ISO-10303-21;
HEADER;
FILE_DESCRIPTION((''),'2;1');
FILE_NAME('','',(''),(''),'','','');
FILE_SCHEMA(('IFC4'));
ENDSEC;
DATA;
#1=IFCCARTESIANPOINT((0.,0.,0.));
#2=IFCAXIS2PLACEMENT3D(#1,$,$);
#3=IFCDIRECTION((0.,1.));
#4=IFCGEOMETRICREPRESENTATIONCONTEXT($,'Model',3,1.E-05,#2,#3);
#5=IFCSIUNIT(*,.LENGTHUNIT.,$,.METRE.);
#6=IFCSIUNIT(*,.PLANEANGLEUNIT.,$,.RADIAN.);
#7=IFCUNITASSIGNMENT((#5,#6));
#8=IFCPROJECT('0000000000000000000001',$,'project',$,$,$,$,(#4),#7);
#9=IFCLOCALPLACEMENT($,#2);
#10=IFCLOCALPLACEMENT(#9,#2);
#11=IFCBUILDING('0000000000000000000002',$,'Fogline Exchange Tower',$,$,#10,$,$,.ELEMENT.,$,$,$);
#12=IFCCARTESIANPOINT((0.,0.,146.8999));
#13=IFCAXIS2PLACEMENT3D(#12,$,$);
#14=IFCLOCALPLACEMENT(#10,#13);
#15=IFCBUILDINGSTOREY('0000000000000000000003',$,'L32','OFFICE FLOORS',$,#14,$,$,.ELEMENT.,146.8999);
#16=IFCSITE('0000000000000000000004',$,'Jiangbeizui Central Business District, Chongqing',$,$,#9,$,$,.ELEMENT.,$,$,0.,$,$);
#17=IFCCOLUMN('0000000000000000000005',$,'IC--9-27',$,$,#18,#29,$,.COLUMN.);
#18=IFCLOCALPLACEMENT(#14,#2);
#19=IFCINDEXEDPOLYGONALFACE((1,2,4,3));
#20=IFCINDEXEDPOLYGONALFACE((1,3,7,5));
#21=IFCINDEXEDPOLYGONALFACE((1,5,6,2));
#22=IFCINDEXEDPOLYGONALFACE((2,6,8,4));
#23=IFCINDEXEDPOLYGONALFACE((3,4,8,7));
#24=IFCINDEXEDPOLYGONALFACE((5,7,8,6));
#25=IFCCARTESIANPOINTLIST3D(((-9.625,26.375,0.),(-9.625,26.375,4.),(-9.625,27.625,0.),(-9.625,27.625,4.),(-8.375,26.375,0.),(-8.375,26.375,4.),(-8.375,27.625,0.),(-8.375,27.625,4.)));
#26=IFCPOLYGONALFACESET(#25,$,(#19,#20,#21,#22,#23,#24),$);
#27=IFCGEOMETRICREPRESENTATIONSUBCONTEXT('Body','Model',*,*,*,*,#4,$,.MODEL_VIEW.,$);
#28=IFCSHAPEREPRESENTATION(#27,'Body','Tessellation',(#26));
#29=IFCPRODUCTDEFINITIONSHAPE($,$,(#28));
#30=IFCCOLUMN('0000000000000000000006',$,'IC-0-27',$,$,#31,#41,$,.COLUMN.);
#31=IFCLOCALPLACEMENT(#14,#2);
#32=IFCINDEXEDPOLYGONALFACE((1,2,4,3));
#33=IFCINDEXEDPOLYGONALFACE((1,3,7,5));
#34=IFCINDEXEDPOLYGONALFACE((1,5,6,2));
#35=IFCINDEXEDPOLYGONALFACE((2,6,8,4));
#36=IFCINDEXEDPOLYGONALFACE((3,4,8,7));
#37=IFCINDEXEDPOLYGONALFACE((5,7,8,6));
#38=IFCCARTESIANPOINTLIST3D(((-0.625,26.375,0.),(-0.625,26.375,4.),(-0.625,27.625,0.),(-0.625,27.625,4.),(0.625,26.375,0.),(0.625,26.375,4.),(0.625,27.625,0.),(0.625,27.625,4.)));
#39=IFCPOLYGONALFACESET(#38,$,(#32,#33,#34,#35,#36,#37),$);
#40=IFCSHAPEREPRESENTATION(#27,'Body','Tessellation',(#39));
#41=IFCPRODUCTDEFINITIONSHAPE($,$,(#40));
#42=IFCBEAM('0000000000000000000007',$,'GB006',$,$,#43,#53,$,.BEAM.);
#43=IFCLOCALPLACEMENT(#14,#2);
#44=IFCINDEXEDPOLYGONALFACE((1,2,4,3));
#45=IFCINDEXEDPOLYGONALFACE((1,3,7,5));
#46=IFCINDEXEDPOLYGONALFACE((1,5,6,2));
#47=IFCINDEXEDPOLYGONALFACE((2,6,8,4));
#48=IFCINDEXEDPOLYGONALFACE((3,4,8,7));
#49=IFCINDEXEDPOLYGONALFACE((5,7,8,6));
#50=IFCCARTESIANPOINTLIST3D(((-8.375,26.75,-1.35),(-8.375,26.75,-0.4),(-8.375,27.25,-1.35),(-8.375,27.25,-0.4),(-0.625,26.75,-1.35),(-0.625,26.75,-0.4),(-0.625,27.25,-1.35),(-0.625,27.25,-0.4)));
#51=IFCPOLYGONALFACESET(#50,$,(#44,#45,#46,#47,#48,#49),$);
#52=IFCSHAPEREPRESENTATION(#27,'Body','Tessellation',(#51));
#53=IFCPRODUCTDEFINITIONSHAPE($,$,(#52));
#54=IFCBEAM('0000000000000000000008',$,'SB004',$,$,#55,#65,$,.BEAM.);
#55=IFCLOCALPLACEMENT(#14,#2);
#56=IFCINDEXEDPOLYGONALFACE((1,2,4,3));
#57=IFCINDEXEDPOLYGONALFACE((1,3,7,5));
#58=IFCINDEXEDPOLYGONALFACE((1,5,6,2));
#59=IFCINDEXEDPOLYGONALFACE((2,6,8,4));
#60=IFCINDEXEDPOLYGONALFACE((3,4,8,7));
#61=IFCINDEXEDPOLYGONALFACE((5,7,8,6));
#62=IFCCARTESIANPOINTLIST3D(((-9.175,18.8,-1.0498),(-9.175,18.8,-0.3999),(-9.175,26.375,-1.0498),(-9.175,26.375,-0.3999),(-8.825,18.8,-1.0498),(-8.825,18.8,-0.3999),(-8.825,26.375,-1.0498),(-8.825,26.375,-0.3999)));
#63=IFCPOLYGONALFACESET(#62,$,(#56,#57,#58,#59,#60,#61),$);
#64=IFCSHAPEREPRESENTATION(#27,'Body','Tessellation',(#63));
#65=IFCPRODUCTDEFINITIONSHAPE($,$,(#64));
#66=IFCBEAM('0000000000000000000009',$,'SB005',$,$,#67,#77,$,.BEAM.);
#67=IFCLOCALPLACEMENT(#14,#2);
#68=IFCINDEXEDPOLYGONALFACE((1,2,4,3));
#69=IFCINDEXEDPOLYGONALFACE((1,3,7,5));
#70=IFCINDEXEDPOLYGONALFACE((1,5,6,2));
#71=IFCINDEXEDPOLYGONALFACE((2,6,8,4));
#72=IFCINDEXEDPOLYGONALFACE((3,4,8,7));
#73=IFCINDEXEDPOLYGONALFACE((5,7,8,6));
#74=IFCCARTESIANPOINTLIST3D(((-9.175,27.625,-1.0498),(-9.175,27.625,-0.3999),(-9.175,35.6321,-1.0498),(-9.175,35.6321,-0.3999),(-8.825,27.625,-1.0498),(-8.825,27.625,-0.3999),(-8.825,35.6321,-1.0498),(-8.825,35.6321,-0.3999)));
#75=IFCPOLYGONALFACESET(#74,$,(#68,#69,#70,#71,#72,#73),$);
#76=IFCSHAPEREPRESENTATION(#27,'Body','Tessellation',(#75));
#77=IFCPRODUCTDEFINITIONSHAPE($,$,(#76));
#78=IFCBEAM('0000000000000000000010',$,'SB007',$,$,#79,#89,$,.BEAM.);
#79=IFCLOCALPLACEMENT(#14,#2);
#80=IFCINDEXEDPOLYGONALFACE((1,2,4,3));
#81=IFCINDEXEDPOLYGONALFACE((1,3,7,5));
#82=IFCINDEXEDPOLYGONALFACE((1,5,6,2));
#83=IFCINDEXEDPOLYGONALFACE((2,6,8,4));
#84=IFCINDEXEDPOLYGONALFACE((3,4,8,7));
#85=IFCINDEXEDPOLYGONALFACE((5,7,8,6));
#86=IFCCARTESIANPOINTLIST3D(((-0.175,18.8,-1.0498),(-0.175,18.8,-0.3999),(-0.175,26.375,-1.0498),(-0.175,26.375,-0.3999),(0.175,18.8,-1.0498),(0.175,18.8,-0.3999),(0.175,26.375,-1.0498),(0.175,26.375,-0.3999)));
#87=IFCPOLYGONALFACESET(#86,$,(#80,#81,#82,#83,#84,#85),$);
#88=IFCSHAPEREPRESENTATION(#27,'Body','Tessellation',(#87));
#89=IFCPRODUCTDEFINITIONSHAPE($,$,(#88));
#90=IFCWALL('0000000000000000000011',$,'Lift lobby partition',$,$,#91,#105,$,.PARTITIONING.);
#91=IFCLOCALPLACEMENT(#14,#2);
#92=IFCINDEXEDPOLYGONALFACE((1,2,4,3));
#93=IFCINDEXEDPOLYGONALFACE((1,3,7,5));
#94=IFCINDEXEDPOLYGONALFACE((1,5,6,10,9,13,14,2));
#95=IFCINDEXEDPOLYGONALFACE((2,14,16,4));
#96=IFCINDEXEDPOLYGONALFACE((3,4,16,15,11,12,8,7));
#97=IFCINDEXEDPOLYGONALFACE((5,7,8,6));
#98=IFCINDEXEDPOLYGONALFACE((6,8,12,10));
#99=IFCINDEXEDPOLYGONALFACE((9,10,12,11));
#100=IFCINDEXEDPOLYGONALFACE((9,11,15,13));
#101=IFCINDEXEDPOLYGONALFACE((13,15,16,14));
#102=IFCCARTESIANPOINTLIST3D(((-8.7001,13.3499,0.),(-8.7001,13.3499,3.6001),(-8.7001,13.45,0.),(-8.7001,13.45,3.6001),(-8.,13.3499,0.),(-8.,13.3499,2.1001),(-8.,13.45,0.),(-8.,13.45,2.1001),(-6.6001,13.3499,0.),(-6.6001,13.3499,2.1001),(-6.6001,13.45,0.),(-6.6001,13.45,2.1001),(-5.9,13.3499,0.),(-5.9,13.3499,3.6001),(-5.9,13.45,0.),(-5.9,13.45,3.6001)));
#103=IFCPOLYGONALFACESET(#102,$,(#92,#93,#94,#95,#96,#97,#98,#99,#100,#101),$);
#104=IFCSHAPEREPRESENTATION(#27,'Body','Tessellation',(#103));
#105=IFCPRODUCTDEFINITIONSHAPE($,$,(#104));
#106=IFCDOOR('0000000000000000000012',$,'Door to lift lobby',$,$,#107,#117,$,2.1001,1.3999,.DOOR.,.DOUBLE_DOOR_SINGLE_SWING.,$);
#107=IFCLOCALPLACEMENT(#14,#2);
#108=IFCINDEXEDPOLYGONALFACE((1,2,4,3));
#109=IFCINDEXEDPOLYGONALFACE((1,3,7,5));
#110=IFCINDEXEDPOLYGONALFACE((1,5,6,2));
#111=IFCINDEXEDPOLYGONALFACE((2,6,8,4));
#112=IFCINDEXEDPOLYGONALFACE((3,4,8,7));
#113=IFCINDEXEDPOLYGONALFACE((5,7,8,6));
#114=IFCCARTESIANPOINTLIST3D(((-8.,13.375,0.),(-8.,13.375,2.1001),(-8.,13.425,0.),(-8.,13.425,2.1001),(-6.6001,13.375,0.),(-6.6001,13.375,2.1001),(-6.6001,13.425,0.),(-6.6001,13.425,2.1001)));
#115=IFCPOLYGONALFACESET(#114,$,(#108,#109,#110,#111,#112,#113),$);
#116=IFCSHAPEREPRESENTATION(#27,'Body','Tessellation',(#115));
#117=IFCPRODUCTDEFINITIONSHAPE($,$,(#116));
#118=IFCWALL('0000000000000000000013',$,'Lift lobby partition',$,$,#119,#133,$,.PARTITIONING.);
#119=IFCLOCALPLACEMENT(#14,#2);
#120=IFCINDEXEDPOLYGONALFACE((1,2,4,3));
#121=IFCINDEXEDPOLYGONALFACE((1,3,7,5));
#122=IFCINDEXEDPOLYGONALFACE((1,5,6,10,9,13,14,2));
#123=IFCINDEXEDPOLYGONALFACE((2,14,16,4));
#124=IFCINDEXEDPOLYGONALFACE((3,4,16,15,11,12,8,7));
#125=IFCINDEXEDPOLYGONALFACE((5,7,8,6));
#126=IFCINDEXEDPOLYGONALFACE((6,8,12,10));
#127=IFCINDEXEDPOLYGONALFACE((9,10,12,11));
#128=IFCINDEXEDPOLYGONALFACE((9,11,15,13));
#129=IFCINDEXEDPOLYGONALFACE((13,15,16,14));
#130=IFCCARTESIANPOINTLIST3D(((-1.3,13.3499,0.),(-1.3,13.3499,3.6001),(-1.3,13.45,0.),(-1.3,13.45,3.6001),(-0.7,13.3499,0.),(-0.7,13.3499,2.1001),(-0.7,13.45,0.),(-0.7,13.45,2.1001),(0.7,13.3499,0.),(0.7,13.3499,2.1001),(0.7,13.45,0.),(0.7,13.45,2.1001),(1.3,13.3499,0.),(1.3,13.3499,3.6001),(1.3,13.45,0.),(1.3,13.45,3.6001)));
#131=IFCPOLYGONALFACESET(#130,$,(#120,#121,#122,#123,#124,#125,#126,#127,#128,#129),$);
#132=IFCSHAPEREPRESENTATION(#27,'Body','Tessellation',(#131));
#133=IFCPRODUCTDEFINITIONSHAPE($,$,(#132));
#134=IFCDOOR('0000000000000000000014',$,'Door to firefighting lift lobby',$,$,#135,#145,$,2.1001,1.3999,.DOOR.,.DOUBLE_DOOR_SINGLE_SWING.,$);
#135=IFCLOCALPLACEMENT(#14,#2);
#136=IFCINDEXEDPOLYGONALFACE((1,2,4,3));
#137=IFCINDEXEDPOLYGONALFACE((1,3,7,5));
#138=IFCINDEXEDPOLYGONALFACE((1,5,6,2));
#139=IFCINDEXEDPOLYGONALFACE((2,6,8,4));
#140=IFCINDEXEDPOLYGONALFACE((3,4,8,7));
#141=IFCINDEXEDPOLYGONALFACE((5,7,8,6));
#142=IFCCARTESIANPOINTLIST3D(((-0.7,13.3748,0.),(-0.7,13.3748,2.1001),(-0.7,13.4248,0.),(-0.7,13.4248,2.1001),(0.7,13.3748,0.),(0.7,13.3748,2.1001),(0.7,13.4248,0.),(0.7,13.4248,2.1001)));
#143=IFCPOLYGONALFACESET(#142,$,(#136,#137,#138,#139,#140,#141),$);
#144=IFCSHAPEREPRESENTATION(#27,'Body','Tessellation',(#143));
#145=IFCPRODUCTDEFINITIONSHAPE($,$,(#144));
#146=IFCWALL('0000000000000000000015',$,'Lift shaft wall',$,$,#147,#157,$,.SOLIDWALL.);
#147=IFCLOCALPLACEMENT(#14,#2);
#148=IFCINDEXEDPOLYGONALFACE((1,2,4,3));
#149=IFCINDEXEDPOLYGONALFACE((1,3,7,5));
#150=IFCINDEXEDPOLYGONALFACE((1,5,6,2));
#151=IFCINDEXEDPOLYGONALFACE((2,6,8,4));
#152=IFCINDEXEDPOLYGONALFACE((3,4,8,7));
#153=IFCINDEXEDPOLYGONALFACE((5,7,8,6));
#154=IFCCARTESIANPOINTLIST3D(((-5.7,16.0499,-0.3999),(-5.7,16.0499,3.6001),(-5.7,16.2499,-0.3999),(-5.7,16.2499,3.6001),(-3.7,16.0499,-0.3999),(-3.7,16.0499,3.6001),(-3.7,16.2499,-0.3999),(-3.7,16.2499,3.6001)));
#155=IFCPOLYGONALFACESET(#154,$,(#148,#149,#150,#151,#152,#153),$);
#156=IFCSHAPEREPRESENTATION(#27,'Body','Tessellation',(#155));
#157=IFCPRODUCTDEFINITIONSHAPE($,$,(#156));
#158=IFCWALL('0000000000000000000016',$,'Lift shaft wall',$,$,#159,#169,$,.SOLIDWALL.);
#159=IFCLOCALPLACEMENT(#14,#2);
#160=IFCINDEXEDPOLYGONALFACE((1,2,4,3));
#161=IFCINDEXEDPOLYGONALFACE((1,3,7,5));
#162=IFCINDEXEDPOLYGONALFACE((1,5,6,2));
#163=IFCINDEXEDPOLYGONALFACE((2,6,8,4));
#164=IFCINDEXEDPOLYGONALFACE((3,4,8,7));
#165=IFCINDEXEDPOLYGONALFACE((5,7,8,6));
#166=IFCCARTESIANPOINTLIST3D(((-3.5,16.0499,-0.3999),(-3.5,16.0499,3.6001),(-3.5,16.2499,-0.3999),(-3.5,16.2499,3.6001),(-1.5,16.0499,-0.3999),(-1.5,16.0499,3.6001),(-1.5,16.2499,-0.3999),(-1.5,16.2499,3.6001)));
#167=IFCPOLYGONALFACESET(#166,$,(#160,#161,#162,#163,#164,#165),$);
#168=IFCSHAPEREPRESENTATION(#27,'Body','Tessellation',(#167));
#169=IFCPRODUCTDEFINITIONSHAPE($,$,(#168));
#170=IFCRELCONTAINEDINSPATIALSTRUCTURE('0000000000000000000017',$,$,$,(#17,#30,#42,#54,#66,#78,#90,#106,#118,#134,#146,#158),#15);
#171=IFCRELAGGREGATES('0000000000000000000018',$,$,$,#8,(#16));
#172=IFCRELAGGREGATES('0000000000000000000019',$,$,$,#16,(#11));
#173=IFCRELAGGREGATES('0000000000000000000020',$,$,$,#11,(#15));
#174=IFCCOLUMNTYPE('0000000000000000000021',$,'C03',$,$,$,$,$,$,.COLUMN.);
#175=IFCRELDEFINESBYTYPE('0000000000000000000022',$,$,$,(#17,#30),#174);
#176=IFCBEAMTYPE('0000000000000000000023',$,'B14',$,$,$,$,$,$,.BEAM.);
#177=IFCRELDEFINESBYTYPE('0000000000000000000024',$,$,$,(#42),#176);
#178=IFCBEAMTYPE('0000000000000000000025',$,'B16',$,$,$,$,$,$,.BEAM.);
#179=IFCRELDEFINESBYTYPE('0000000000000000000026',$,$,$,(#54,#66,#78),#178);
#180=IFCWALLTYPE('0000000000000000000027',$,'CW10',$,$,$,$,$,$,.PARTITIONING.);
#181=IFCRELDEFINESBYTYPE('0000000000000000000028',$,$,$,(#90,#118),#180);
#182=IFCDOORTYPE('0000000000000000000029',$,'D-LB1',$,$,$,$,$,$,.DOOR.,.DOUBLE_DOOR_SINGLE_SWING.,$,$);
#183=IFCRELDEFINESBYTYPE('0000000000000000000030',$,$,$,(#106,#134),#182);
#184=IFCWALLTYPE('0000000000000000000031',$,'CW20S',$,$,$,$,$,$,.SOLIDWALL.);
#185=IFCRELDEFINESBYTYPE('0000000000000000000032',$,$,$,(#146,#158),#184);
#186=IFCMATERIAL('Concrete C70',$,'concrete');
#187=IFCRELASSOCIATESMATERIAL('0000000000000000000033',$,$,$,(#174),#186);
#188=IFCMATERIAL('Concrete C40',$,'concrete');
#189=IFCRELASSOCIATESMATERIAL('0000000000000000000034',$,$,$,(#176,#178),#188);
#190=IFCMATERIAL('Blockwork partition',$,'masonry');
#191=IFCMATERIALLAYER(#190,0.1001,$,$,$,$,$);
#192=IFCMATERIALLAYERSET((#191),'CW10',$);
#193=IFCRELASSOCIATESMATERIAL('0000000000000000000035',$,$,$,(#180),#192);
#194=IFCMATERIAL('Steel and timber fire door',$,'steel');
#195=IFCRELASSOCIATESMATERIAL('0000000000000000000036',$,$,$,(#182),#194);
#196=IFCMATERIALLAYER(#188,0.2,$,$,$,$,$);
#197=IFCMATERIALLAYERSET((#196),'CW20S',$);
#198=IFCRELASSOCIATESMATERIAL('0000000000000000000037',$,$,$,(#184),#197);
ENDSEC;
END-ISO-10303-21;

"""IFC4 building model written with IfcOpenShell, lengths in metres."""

from ifc_helpers import new_model, si_unit, direction, frame, frame_2d, origin, origin_2d, place, context, subcontext, project, spatial, rectangle, extrude, material, layer, layer_set, material_profile, profile_set, type_object, element, fill, save


model = new_model("IFC4")

# Units and contexts
model_context = context("Model", 3, precision=1e-05, world=origin(), true_north=direction((0.0, 1.0)))
body_context = subcontext(model_context, "Body", "Model", "MODEL_VIEW")
ifc_project = project(units=[si_unit("LENGTHUNIT", "METRE"), si_unit("PLANEANGLEUNIT", "RADIAN")], contexts=[model_context])

# Site, building, storey
site_placement = place(None, origin())
site = spatial("IfcSite", under=ifc_project, at=site_placement, Name="Jiangbeizui Central Business District, Chongqing", CompositionType="ELEMENT", RefElevation=0.0)
building_placement = place(site_placement, origin())
building = spatial("IfcBuilding", under=site, at=building_placement, Name="Fogline Exchange Tower", CompositionType="ELEMENT")
storey_placement = place(building_placement, frame((0.0, 0.0, 146.8999)))
storey = spatial("IfcBuildingStorey", under=building, at=storey_placement, Name="L32", Description="OFFICE FLOORS", CompositionType="ELEMENT", Elevation=146.8999)

# Columns
ifc_material_1 = material(Name="Concrete C70", Category="concrete")
ifc_material_profile_1 = material_profile(ifc_material_1, rectangle(XDim=1.25, YDim=1.25, at=origin_2d()), Name="RC 1250x1250")
ifc_profile_set_1 = profile_set([ifc_material_profile_1], Name="Concrete C70")
column_type = type_object("IfcColumnType", Name="C03", PredefinedType="COLUMN", material=ifc_profile_set_1)
for number, where, z_axis, x_axis, name in (
    (1, (-9.0, 27.0, 0.0), (0.0, 0.0, 1.0), (1.0, 0.0, 0.0), "IC--9-27"),
    (2, (0.0, 27.0, 0.0), (0.0, 0.0, 1.0), (1.0, 0.0, 0.0), "IC-0-27"),
):
    element("IfcColumn", number, at=place(storey_placement, frame(where, z_axis=z_axis, x_axis=x_axis)), inside=storey, type_object=column_type, Name=name, PredefinedType="COLUMN", context=body_context, shape_type="SweptSolid", body=[
        extrude(rectangle(XDim=1.25, YDim=1.25, at=origin_2d()), origin(), (0.0, 0.0, 1.0), 4.0),
    ])

# Beams
ifc_material_2 = material(Name="Concrete C40", Category="concrete")
ifc_material_profile_2 = material_profile(ifc_material_2, rectangle(XDim=0.5, YDim=0.95, at=origin_2d()), Name="RC 500x950")
ifc_profile_set_2 = profile_set([ifc_material_profile_2], Name="Concrete C40")
beam_type_1 = type_object("IfcBeamType", Name="B14", PredefinedType="BEAM", material=ifc_profile_set_2)
beam_1_placement = place(storey_placement, frame((-8.375, 27.0, -0.875), z_axis=(1.0, 0.0, 0.0), x_axis=(0.0, 1.0, 0.0)))
element("IfcBeam", 3, at=beam_1_placement, inside=storey, type_object=beam_type_1, Name="GB006", PredefinedType="BEAM", context=body_context, shape_type="SweptSolid", body=[
    extrude(rectangle(XDim=0.5, YDim=0.95, at=origin_2d()), origin(), (0.0, 0.0, 1.0), 7.75),
])
ifc_material_profile_3 = material_profile(ifc_material_2, rectangle(XDim=0.3501, YDim=0.6499, at=origin_2d()), Name="RC 350x650")
ifc_profile_set_3 = profile_set([ifc_material_profile_3], Name="Concrete C40")
beam_type_2 = type_object("IfcBeamType", Name="B16", PredefinedType="BEAM", material=ifc_profile_set_3)
beam_2_placement = place(storey_placement, frame((-9.0, 18.8, -0.7249), z_axis=(0.0, 1.0, 0.0), x_axis=(-1.0, 0.0, 0.0)))
element("IfcBeam", 4, at=beam_2_placement, inside=storey, type_object=beam_type_2, Name="SB004", PredefinedType="BEAM", context=body_context, shape_type="SweptSolid", body=[
    extrude(rectangle(XDim=0.3501, YDim=0.6499, at=origin_2d()), origin(), (0.0, 0.0, 1.0), 7.575),
])
beam_3_placement = place(storey_placement, frame((-9.0, 27.625, -0.7249), z_axis=(0.0, 1.0, 0.0), x_axis=(-1.0, 0.0, 0.0)))
element("IfcBeam", 5, at=beam_3_placement, inside=storey, type_object=beam_type_2, Name="SB005", PredefinedType="BEAM", context=body_context, shape_type="SweptSolid", body=[
    extrude(rectangle(XDim=0.3501, YDim=0.6499, at=origin_2d()), origin(), (0.0, 0.0, 1.0), 8.0071),
])
beam_4_placement = place(storey_placement, frame((0.0, 18.8, -0.7249), z_axis=(0.0, 1.0, 0.0), x_axis=(-1.0, 0.0, 0.0)))
element("IfcBeam", 6, at=beam_4_placement, inside=storey, type_object=beam_type_2, Name="SB007", PredefinedType="BEAM", context=body_context, shape_type="SweptSolid", body=[
    extrude(rectangle(XDim=0.3501, YDim=0.6499, at=origin_2d()), origin(), (0.0, 0.0, 1.0), 7.575),
])

# Walls, openings, doors
ifc_material_3 = material(Name="Blockwork partition", Category="masonry")
ifc_layer_1 = layer(ifc_material_3, 0.1001)
ifc_layer_set_1 = layer_set([ifc_layer_1], Name="CW10")
wall_type_1 = type_object("IfcWallType", Name="CW10", PredefinedType="PARTITIONING", material=ifc_layer_set_1)
wall_1_placement = place(storey_placement, frame((-8.7, 13.3999, 0.0), z_axis=(0.0, 0.0, 1.0), x_axis=(1.0, 0.0, 0.0)))
wall_1 = element("IfcWall", 7, at=wall_1_placement, inside=storey, type_object=wall_type_1, Name="Lift lobby partition", PredefinedType="PARTITIONING", context=body_context, shape_type="SweptSolid", body=[
    extrude(rectangle(XDim=2.8, YDim=0.1001, at=frame_2d((1.3999, 0.0))), origin(), (0.0, 0.0, 1.0), 3.6001),
])
opening_1_placement = place(wall_1_placement, frame((0.7, 0.0, 0.0)))
opening_1 = element("IfcOpeningElement", 8, at=opening_1_placement, cuts=wall_1, PredefinedType="OPENING", context=body_context, shape_type="SweptSolid", body=[
    extrude(rectangle(XDim=1.3999, YDim=2.1001, at=frame_2d((0.7, 1.05))), frame((0.0, 0.0601, 0.0), z_axis=(0.0, -1.0, 0.0), x_axis=(1.0, 0.0, 0.0)), (0.0, 0.0, 1.0), 0.1201),
])
ifc_material_4 = material(Name="Steel and timber fire door", Category="steel")
door_type_1 = type_object("IfcDoorType", Name="D-LB1", OperationType="DOUBLE_DOOR_SINGLE_SWING", PredefinedType="DOOR", material=ifc_material_4)
door_1_placement = place(opening_1_placement, frame((1.3999, 0.0, 0.0), z_axis=(0.0, 0.0, 1.0), x_axis=(-1.0, 0.0, 0.0)))
door_1 = element("IfcDoor", 9, at=door_1_placement, inside=storey, type_object=door_type_1, Name="Door to lift lobby", OperationType="DOUBLE_DOOR_SINGLE_SWING", OverallHeight=2.1001, OverallWidth=1.3999, PredefinedType="DOOR", context=body_context, shape_type="SweptSolid", body=[
    extrude(rectangle(XDim=1.3999, YDim=2.1001, at=frame_2d((0.7, 1.05))), frame((0.0, 0.0249, 0.0), z_axis=(0.0, -1.0, 0.0), x_axis=(1.0, 0.0, 0.0)), (0.0, 0.0, 1.0), 0.05),
])
fill(opening_1, door_1)
wall_2_placement = place(storey_placement, frame((-1.3, 13.3999, 0.0), z_axis=(0.0, 0.0, 1.0), x_axis=(1.0, 0.0, 0.0)))
wall_2 = element("IfcWall", 10, at=wall_2_placement, inside=storey, type_object=wall_type_1, Name="Lift lobby partition", PredefinedType="PARTITIONING", context=body_context, shape_type="SweptSolid", body=[
    extrude(rectangle(XDim=2.6001, YDim=0.1001, at=frame_2d((1.3, 0.0))), origin(), (0.0, 0.0, 1.0), 3.6001),
])
opening_2_placement = place(wall_2_placement, frame((0.6001, 0.0, 0.0)))
opening_2 = element("IfcOpeningElement", 11, at=opening_2_placement, cuts=wall_2, PredefinedType="OPENING", context=body_context, shape_type="SweptSolid", body=[
    extrude(rectangle(XDim=1.3999, YDim=2.1001, at=frame_2d((0.7, 1.05))), frame((0.0, 0.0601, 0.0), z_axis=(0.0, -1.0, 0.0), x_axis=(1.0, 0.0, 0.0)), (0.0, 0.0, 1.0), 0.1201),
])
door_2_placement = place(opening_2_placement, origin())
door_2 = element("IfcDoor", 12, at=door_2_placement, inside=storey, type_object=door_type_1, Name="Door to firefighting lift lobby", OperationType="DOUBLE_DOOR_SINGLE_SWING", OverallHeight=2.1001, OverallWidth=1.3999, PredefinedType="DOOR", context=body_context, shape_type="SweptSolid", body=[
    extrude(rectangle(XDim=1.3999, YDim=2.1001, at=frame_2d((0.7, 1.05))), frame((0.0, 0.0249, 0.0), z_axis=(0.0, -1.0, 0.0), x_axis=(1.0, 0.0, 0.0)), (0.0, 0.0, 1.0), 0.05),
])
fill(opening_2, door_2)

# Walls
ifc_layer_2 = layer(ifc_material_2, 0.2)
ifc_layer_set_2 = layer_set([ifc_layer_2], Name="CW20S")
wall_type_2 = type_object("IfcWallType", Name="CW20S", PredefinedType="SOLIDWALL", material=ifc_layer_set_2)
for number, where, z_axis, x_axis, name in (
    (13, (-5.7, 16.1499, -0.3999), (0.0, 0.0, 1.0), (1.0, 0.0, 0.0), "Lift shaft wall"),
    (14, (-3.5, 16.1499, -0.3999), (0.0, 0.0, 1.0), (1.0, 0.0, 0.0), "Lift shaft wall"),
):
    element("IfcWall", number, at=place(storey_placement, frame(where, z_axis=z_axis, x_axis=x_axis)), inside=storey, type_object=wall_type_2, Name=name, PredefinedType="SOLIDWALL", context=body_context, shape_type="SweptSolid", body=[
        extrude(rectangle(XDim=2.0, YDim=0.2, at=frame_2d((1.0, 0.0))), origin(), (0.0, 0.0, 1.0), 4.0),
    ])

save(model, "model.ifc")
